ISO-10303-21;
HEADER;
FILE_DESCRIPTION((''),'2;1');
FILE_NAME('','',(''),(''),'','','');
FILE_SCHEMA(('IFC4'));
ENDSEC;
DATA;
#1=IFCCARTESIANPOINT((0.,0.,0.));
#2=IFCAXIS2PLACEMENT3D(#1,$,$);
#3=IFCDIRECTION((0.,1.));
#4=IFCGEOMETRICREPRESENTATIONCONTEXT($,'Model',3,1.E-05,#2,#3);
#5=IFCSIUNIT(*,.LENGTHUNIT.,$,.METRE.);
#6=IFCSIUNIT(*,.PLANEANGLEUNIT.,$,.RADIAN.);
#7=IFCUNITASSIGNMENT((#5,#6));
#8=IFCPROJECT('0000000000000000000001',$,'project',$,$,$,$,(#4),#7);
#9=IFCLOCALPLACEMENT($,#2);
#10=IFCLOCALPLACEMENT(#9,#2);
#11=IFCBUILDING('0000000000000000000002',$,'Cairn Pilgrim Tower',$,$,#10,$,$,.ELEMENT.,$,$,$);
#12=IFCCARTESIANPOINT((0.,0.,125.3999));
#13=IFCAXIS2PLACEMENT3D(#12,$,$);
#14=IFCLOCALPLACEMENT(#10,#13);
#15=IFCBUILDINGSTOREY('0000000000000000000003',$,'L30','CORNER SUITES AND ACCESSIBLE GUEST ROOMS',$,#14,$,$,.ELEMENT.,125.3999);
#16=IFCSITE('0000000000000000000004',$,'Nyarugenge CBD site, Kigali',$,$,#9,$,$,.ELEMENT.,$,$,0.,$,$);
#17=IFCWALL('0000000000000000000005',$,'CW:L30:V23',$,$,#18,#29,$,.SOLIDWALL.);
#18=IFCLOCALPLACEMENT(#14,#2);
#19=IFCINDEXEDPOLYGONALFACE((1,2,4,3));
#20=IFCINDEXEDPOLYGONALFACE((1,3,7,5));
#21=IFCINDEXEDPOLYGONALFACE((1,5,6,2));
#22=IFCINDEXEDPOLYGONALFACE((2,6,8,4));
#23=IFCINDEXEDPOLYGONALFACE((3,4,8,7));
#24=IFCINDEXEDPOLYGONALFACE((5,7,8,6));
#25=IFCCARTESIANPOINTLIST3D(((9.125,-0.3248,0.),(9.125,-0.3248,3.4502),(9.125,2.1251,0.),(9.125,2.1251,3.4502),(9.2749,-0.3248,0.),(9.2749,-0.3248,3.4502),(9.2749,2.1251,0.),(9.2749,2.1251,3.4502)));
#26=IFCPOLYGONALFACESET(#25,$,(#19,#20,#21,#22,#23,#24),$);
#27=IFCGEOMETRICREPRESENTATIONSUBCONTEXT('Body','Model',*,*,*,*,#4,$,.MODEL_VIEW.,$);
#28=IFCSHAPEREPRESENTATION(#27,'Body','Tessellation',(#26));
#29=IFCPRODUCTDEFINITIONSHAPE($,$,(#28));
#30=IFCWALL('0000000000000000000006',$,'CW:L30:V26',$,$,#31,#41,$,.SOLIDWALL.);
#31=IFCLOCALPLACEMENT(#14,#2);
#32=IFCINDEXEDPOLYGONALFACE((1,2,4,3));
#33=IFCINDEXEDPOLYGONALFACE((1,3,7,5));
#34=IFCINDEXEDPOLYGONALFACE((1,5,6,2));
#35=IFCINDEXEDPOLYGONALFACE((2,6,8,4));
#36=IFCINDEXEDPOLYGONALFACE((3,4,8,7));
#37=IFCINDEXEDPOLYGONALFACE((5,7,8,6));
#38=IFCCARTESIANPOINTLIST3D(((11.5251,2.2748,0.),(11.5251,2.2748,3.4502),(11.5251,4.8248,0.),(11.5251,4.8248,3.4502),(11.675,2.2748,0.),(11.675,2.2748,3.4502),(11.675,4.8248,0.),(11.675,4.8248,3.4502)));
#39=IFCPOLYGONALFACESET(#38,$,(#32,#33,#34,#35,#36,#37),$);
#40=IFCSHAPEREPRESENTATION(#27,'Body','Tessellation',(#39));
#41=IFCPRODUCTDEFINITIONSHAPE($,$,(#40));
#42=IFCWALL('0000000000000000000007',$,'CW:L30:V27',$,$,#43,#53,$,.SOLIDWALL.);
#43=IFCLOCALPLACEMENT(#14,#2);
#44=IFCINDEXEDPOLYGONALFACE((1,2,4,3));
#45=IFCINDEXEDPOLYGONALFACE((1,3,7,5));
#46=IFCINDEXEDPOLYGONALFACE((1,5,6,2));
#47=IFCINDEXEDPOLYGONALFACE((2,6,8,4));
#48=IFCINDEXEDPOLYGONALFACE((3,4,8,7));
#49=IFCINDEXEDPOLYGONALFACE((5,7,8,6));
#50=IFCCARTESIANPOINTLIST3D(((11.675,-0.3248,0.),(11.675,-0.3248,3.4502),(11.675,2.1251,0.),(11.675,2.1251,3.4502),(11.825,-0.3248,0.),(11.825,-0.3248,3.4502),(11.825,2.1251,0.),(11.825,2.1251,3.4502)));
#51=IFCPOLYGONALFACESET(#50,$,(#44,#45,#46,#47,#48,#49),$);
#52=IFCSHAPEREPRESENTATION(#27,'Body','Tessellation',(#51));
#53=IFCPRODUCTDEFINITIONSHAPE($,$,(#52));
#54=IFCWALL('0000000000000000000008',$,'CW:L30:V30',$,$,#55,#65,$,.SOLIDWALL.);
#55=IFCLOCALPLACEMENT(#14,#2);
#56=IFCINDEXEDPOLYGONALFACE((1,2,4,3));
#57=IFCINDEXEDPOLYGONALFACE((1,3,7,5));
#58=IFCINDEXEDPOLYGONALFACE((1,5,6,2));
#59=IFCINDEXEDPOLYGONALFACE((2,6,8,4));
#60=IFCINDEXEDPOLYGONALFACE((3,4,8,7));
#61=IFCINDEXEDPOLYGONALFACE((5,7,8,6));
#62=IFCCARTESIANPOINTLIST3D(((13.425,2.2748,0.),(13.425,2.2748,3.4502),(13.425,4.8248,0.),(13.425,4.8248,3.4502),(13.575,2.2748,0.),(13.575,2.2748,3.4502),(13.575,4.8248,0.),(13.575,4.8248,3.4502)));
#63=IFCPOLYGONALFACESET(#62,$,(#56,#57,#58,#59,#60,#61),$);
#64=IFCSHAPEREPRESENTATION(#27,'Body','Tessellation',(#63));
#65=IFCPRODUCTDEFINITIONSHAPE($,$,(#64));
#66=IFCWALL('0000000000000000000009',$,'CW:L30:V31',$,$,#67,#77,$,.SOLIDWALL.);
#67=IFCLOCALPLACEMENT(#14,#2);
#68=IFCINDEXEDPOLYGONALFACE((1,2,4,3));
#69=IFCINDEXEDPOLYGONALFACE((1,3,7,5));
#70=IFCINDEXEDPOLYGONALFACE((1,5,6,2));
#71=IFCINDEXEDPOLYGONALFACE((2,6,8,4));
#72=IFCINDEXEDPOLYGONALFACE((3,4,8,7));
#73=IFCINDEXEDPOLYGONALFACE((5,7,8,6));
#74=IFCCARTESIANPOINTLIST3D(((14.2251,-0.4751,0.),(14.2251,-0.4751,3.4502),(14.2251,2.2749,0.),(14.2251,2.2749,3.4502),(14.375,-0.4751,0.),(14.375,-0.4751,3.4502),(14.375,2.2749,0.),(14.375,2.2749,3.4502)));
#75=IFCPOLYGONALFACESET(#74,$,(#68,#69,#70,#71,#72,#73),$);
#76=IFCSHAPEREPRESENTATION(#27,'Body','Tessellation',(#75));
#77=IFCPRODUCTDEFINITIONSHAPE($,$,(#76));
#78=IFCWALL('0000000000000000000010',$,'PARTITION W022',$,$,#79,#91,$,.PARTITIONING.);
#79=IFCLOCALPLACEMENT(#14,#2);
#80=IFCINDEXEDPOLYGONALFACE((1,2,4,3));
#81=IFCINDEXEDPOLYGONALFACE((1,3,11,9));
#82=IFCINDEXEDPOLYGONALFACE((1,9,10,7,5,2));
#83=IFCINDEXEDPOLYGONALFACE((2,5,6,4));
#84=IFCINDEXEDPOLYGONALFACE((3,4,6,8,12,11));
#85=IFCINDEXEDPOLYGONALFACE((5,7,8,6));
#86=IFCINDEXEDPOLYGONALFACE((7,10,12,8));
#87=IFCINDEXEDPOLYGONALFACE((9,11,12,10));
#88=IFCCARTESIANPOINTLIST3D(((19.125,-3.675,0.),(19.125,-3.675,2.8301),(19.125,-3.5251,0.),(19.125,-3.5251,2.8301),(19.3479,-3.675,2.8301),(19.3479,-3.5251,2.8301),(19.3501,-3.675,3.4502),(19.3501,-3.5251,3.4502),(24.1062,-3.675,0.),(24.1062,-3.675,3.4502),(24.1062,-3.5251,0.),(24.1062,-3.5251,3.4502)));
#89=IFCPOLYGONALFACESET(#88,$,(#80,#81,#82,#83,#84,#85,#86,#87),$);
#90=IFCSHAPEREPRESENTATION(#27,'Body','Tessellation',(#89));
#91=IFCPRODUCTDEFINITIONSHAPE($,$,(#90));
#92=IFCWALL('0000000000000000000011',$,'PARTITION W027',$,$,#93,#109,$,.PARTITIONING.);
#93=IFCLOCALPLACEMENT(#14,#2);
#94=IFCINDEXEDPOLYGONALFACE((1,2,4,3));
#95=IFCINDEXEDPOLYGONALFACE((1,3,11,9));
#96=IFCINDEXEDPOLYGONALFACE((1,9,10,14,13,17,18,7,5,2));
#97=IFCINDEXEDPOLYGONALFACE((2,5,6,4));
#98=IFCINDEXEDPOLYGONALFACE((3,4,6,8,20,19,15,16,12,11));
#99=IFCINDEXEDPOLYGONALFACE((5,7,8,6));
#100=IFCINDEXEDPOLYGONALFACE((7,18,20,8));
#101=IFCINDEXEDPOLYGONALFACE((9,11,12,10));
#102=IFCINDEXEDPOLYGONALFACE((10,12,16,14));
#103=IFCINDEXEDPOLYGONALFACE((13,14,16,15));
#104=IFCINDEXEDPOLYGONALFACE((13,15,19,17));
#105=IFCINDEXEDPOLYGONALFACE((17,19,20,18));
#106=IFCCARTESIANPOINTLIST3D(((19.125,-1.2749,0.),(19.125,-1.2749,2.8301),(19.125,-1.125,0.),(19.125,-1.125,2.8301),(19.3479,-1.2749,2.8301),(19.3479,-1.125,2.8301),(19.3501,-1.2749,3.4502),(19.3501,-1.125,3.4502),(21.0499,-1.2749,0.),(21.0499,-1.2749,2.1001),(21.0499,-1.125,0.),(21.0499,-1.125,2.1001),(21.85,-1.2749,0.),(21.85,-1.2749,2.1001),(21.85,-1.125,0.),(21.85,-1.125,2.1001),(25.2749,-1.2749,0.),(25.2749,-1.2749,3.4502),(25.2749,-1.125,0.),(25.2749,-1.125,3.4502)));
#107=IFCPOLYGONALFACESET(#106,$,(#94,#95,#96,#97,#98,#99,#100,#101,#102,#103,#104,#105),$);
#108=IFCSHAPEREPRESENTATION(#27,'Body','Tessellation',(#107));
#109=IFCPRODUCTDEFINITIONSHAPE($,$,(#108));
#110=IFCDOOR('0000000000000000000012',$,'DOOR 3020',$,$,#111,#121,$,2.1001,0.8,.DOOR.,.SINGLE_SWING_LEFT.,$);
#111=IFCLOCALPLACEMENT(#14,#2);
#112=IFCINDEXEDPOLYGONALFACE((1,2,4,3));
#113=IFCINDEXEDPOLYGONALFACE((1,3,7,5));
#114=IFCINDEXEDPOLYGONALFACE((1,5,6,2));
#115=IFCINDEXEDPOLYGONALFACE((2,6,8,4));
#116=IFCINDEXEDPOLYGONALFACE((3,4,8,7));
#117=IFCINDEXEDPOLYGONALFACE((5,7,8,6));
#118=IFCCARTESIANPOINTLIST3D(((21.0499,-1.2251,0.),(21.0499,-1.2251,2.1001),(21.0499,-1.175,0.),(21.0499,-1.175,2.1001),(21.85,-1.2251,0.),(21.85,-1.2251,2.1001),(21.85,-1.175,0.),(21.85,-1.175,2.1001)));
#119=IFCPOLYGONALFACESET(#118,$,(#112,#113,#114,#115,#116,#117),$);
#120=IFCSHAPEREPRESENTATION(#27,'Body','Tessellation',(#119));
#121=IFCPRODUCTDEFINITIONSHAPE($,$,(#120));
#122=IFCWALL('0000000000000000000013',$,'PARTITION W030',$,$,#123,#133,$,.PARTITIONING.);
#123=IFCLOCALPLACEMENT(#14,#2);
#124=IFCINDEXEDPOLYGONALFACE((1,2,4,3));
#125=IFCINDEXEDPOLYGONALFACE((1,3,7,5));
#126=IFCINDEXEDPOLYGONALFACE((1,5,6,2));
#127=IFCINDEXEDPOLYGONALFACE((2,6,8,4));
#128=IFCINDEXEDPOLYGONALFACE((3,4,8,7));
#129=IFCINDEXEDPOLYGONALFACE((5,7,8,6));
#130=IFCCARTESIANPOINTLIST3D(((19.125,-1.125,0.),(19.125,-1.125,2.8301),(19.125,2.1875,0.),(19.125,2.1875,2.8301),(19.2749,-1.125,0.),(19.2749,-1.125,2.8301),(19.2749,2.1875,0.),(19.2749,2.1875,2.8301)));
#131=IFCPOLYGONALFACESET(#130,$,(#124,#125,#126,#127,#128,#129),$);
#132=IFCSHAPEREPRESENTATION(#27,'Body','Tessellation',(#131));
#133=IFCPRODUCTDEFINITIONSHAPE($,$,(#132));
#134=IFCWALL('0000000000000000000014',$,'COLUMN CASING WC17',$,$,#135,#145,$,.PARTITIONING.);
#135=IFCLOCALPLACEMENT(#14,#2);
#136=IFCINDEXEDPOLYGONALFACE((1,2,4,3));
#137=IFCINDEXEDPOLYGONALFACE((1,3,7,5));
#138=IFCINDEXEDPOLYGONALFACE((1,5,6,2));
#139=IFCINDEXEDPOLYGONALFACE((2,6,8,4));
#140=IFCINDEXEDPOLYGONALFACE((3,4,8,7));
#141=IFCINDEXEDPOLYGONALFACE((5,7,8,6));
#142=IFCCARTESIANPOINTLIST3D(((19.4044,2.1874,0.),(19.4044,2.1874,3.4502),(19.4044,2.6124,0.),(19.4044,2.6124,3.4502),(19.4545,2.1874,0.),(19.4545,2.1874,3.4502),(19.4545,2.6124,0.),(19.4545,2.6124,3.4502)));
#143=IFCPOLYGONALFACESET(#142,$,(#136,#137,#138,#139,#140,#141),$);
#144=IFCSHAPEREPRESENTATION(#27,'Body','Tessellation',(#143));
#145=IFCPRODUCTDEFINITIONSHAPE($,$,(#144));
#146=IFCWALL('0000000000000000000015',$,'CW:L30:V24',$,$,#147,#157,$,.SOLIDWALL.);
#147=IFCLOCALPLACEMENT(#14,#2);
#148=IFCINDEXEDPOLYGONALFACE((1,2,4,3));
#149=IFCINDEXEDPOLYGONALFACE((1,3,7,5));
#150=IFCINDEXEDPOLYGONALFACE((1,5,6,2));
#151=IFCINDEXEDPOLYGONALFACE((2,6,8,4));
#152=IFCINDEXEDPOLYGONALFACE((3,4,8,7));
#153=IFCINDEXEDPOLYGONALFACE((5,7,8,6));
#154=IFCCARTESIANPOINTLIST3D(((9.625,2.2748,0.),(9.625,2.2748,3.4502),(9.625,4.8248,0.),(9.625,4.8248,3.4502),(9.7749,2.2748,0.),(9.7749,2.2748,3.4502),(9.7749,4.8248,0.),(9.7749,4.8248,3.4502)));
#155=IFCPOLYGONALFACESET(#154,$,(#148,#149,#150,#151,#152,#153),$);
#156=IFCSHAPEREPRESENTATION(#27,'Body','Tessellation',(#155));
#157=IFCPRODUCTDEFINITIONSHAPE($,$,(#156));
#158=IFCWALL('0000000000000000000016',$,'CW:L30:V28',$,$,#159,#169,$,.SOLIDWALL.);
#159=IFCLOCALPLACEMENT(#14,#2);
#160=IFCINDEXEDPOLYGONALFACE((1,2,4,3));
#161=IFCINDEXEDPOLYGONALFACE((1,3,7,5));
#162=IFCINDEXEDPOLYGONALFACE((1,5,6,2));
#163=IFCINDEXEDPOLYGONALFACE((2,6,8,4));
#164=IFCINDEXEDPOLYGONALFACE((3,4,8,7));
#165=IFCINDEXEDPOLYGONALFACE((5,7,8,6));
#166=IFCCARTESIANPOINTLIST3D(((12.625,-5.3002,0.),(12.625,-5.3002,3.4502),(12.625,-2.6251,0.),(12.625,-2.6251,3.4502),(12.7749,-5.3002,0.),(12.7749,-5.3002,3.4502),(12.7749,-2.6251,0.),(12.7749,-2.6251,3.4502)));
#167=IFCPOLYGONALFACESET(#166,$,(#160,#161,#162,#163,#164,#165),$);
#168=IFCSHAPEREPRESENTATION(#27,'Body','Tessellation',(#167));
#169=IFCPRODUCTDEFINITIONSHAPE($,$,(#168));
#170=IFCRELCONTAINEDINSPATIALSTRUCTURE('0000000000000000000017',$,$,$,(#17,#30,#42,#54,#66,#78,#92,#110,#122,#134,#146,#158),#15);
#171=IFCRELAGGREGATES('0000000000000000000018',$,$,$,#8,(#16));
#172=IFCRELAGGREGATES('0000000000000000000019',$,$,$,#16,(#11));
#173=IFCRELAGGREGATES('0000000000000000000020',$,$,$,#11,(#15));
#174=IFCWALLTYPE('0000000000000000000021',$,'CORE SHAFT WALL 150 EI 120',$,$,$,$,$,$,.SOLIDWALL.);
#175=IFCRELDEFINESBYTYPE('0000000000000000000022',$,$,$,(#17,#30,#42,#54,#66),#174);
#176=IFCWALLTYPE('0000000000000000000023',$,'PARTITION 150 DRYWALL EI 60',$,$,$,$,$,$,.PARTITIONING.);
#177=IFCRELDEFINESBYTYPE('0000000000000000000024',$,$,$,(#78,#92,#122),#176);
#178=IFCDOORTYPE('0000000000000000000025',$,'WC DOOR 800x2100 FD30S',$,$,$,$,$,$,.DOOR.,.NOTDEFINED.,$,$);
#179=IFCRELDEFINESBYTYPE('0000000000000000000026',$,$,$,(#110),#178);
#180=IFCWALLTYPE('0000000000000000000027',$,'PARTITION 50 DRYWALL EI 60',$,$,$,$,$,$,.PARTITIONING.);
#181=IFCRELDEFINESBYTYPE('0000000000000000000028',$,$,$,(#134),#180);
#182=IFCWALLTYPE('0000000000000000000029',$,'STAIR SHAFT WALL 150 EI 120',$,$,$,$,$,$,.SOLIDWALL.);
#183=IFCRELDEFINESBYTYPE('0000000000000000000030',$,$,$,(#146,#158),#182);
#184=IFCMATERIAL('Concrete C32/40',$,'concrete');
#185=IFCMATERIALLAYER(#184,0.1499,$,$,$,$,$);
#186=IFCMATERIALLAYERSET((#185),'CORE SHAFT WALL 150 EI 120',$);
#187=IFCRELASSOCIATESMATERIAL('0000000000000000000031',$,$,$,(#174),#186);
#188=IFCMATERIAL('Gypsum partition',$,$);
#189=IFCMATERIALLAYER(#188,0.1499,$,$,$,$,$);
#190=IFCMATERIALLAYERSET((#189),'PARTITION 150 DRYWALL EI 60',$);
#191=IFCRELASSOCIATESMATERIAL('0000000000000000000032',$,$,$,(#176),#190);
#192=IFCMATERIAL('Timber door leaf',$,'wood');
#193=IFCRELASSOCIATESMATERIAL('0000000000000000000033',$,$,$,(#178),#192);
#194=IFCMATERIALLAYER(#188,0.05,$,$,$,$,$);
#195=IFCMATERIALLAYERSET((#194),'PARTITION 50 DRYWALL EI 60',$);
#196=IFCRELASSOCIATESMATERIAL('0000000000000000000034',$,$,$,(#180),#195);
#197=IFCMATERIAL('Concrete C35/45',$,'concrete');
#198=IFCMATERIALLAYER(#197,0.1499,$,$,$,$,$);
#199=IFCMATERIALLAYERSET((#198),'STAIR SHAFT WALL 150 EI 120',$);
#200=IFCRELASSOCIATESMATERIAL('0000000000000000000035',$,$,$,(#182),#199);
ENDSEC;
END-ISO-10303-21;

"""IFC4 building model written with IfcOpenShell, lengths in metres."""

from ifc_helpers import new_model, si_unit, direction, frame, frame_2d, origin, place, context, subcontext, project, spatial, polyline, rectangle, outline, extrude, material, layer, layer_set, type_object, element, fill, save


model = new_model("IFC4")

# Units and contexts
model_context = context("Model", 3, precision=1e-05, world=origin(), true_north=direction((0.0, 1.0)))
body_context = subcontext(model_context, "Body", "Model", "MODEL_VIEW")
ifc_project = project(units=[si_unit("LENGTHUNIT", "METRE"), si_unit("PLANEANGLEUNIT", "RADIAN")], contexts=[model_context])

# Site, building, storey
site_placement = place(None, origin())
site = spatial("IfcSite", under=ifc_project, at=site_placement, Name="Nyarugenge CBD site, Kigali", CompositionType="ELEMENT", RefElevation=0.0)
building_placement = place(site_placement, origin())
building = spatial("IfcBuilding", under=site, at=building_placement, Name="Cairn Pilgrim Tower", CompositionType="ELEMENT")
storey_placement = place(building_placement, frame((0.0, 0.0, 125.3999)))
storey = spatial("IfcBuildingStorey", under=building, at=storey_placement, Name="L30", Description="CORNER SUITES AND ACCESSIBLE GUEST ROOMS", CompositionType="ELEMENT", Elevation=125.3999)

# Shared definitions
ifc_material_1 = material(Name="Concrete C32/40", Category="concrete")

# Walls
ifc_layer_1 = layer(ifc_material_1, 0.1499)
ifc_layer_set_1 = layer_set([ifc_layer_1], Name="CORE SHAFT WALL 150 EI 120")
wall_type_1 = type_object("IfcWallType", Name="CORE SHAFT WALL 150 EI 120", PredefinedType="SOLIDWALL", material=ifc_layer_set_1)
wall_1_placement = place(storey_placement, frame((9.2, -0.325, 0.0), z_axis=(0.0, 0.0, 1.0), x_axis=(0.0, 1.0, 0.0)))
element("IfcWall", 1, at=wall_1_placement, inside=storey, type_object=wall_type_1, Name="CW:L30:V23", PredefinedType="SOLIDWALL", context=body_context, shape_type="SweptSolid", body=[
    extrude(rectangle(XDim=2.45, YDim=0.1499, at=frame_2d((1.2251, 0.0))), origin(), (0.0, 0.0, 1.0), 3.4502),
])
wall_2_placement = place(storey_placement, frame((11.6001, 2.2749, 0.0), z_axis=(0.0, 0.0, 1.0), x_axis=(0.0, 1.0, 0.0)))
element("IfcWall", 2, at=wall_2_placement, inside=storey, type_object=wall_type_1, Name="CW:L30:V26", PredefinedType="SOLIDWALL", context=body_context, shape_type="SweptSolid", body=[
    extrude(rectangle(XDim=2.55, YDim=0.1499, at=frame_2d((1.2749, 0.0))), origin(), (0.0, 0.0, 1.0), 3.4502),
])
wall_3_placement = place(storey_placement, frame((11.75, -0.325, 0.0), z_axis=(0.0, 0.0, 1.0), x_axis=(0.0, 1.0, 0.0)))
element("IfcWall", 3, at=wall_3_placement, inside=storey, type_object=wall_type_1, Name="CW:L30:V27", PredefinedType="SOLIDWALL", context=body_context, shape_type="SweptSolid", body=[
    extrude(rectangle(XDim=2.45, YDim=0.1499, at=frame_2d((1.2251, 0.0))), origin(), (0.0, 0.0, 1.0), 3.4502),
])
wall_4_placement = place(storey_placement, frame((13.5, 2.2749, 0.0), z_axis=(0.0, 0.0, 1.0), x_axis=(0.0, 1.0, 0.0)))
element("IfcWall", 4, at=wall_4_placement, inside=storey, type_object=wall_type_1, Name="CW:L30:V30", PredefinedType="SOLIDWALL", context=body_context, shape_type="SweptSolid", body=[
    extrude(rectangle(XDim=2.55, YDim=0.1499, at=frame_2d((1.2749, 0.0))), origin(), (0.0, 0.0, 1.0), 3.4502),
])
wall_5_placement = place(storey_placement, frame((14.3, -0.4751, 0.0), z_axis=(0.0, 0.0, 1.0), x_axis=(0.0, 1.0, 0.0)))
element("IfcWall", 5, at=wall_5_placement, inside=storey, type_object=wall_type_1, Name="CW:L30:V31", PredefinedType="SOLIDWALL", context=body_context, shape_type="SweptSolid", body=[
    extrude(rectangle(XDim=2.75, YDim=0.1499, at=frame_2d((1.375, 0.0))), origin(), (0.0, 0.0, 1.0), 3.4502),
])
ifc_material_2 = material(Name="Gypsum partition")
ifc_layer_2 = layer(ifc_material_2, 0.1499)
ifc_layer_set_2 = layer_set([ifc_layer_2], Name="PARTITION 150 DRYWALL EI 60")
wall_type_2 = type_object("IfcWallType", Name="PARTITION 150 DRYWALL EI 60", PredefinedType="PARTITIONING", material=ifc_layer_set_2)
wall_6_placement = place(storey_placement, frame((19.125, -3.6001, 0.0), z_axis=(0.0, 0.0, 1.0), x_axis=(1.0, 0.0, 0.0)))
element("IfcWall", 6, at=wall_6_placement, inside=storey, type_object=wall_type_2, Name="PARTITION W022", PredefinedType="PARTITIONING", context=body_context, shape_type="SweptSolid", body=[
    extrude(outline(polyline([(0.0, 0.0), (4.9812, 0.0), (4.9812, 3.4502), (0.2251, 3.4502), (0.2229, 2.8301), (0.0, 2.8301), (0.0, 0.0)])), frame((0.0, 0.075, 0.0), z_axis=(0.0, -1.0, 0.0), x_axis=(1.0, 0.0, 0.0)), (0.0, 0.0, 1.0), 0.1499),
])

# Wall, opening, door
wall_7_placement = place(storey_placement, frame((19.125, -1.2, 0.0), z_axis=(0.0, 0.0, 1.0), x_axis=(1.0, 0.0, 0.0)))
wall_7 = element("IfcWall", 7, at=wall_7_placement, inside=storey, type_object=wall_type_2, Name="PARTITION W027", PredefinedType="PARTITIONING", context=body_context, shape_type="SweptSolid", body=[
    extrude(outline(polyline([(0.0, 0.0), (6.1499, 0.0), (6.1499, 3.4502), (0.2251, 3.4502), (0.2229, 2.8301), (0.0, 2.8301), (0.0, 0.0)])), frame((0.0, 0.075, 0.0), z_axis=(0.0, -1.0, 0.0), x_axis=(1.0, 0.0, 0.0)), (0.0, 0.0, 1.0), 0.1499),
])
opening_1_placement = place(wall_7_placement, frame((1.925, 0.0, 0.0)))
opening_1 = element("IfcOpeningElement", 8, at=opening_1_placement, cuts=wall_7, PredefinedType="OPENING", context=body_context, shape_type="SweptSolid", body=[
    extrude(rectangle(XDim=0.8, YDim=2.1001, at=frame_2d((0.3999, 1.05))), frame((0.0, 0.085, 0.0), z_axis=(0.0, -1.0, 0.0), x_axis=(1.0, 0.0, 0.0)), (0.0, 0.0, 1.0), 0.1699),
])
ifc_material_3 = material(Name="Timber door leaf", Category="wood")
door_type_1 = type_object("IfcDoorType", Name="WC DOOR 800x2100 FD30S", OperationType="NOTDEFINED", PredefinedType="DOOR", material=ifc_material_3)
door_1_placement = place(opening_1_placement, origin())
door_1 = element("IfcDoor", 9, at=door_1_placement, inside=storey, type_object=door_type_1, Name="DOOR 3020", OperationType="SINGLE_SWING_LEFT", OverallHeight=2.1001, OverallWidth=0.8, PredefinedType="DOOR", context=body_context, shape_type="SweptSolid", body=[
    extrude(rectangle(XDim=0.8, YDim=2.1001, at=frame_2d((0.3999, 1.05))), frame((0.0, 0.0249, 0.0), z_axis=(0.0, -1.0, 0.0), x_axis=(1.0, 0.0, 0.0)), (0.0, 0.0, 1.0), 0.05),
])
fill(opening_1, door_1)

# Walls
wall_8_placement = place(storey_placement, frame((19.2, -1.125, 0.0), z_axis=(0.0, 0.0, 1.0), x_axis=(0.0, 1.0, 0.0)))
element("IfcWall", 10, at=wall_8_placement, inside=storey, type_object=wall_type_2, Name="PARTITION W030", PredefinedType="PARTITIONING", context=body_context, shape_type="SweptSolid", body=[
    extrude(rectangle(XDim=3.3125, YDim=0.1499, at=frame_2d((1.6562, 0.0))), origin(), (0.0, 0.0, 1.0), 2.8301),
])
ifc_layer_3 = layer(ifc_material_2, 0.05)
ifc_layer_set_3 = layer_set([ifc_layer_3], Name="PARTITION 50 DRYWALL EI 60")
wall_type_3 = type_object("IfcWallType", Name="PARTITION 50 DRYWALL EI 60", PredefinedType="PARTITIONING", material=ifc_layer_set_3)
wall_9_placement = place(storey_placement, frame((19.4294, 2.1875, 0.0), z_axis=(0.0, 0.0, 1.0), x_axis=(0.0, 1.0, 0.0)))
element("IfcWall", 11, at=wall_9_placement, inside=storey, type_object=wall_type_3, Name="COLUMN CASING WC17", PredefinedType="PARTITIONING", context=body_context, shape_type="SweptSolid", body=[
    extrude(rectangle(XDim=0.425, YDim=0.05, at=frame_2d((0.2124, 0.0))), origin(), (0.0, 0.0, 1.0), 3.4502),
])
ifc_material_4 = material(Name="Concrete C35/45", Category="concrete")
ifc_layer_4 = layer(ifc_material_4, 0.1499)
ifc_layer_set_4 = layer_set([ifc_layer_4], Name="STAIR SHAFT WALL 150 EI 120")
wall_type_4 = type_object("IfcWallType", Name="STAIR SHAFT WALL 150 EI 120", PredefinedType="SOLIDWALL", material=ifc_layer_set_4)
wall_10_placement = place(storey_placement, frame((9.7, 2.2749, 0.0), z_axis=(0.0, 0.0, 1.0), x_axis=(0.0, 1.0, 0.0)))
element("IfcWall", 12, at=wall_10_placement, inside=storey, type_object=wall_type_4, Name="CW:L30:V24", PredefinedType="SOLIDWALL", context=body_context, shape_type="SweptSolid", body=[
    extrude(rectangle(XDim=2.55, YDim=0.1499, at=frame_2d((1.2749, 0.0))), origin(), (0.0, 0.0, 1.0), 3.4502),
])
wall_11_placement = place(storey_placement, frame((12.7, -5.3, 0.0), z_axis=(0.0, 0.0, 1.0), x_axis=(0.0, 1.0, 0.0)))
element("IfcWall", 13, at=wall_11_placement, inside=storey, type_object=wall_type_4, Name="CW:L30:V28", PredefinedType="SOLIDWALL", context=body_context, shape_type="SweptSolid", body=[
    extrude(rectangle(XDim=2.675, YDim=0.1499, at=frame_2d((1.3374, 0.0))), origin(), (0.0, 0.0, 1.0), 3.4502),
])

save(model, "model.ifc")
